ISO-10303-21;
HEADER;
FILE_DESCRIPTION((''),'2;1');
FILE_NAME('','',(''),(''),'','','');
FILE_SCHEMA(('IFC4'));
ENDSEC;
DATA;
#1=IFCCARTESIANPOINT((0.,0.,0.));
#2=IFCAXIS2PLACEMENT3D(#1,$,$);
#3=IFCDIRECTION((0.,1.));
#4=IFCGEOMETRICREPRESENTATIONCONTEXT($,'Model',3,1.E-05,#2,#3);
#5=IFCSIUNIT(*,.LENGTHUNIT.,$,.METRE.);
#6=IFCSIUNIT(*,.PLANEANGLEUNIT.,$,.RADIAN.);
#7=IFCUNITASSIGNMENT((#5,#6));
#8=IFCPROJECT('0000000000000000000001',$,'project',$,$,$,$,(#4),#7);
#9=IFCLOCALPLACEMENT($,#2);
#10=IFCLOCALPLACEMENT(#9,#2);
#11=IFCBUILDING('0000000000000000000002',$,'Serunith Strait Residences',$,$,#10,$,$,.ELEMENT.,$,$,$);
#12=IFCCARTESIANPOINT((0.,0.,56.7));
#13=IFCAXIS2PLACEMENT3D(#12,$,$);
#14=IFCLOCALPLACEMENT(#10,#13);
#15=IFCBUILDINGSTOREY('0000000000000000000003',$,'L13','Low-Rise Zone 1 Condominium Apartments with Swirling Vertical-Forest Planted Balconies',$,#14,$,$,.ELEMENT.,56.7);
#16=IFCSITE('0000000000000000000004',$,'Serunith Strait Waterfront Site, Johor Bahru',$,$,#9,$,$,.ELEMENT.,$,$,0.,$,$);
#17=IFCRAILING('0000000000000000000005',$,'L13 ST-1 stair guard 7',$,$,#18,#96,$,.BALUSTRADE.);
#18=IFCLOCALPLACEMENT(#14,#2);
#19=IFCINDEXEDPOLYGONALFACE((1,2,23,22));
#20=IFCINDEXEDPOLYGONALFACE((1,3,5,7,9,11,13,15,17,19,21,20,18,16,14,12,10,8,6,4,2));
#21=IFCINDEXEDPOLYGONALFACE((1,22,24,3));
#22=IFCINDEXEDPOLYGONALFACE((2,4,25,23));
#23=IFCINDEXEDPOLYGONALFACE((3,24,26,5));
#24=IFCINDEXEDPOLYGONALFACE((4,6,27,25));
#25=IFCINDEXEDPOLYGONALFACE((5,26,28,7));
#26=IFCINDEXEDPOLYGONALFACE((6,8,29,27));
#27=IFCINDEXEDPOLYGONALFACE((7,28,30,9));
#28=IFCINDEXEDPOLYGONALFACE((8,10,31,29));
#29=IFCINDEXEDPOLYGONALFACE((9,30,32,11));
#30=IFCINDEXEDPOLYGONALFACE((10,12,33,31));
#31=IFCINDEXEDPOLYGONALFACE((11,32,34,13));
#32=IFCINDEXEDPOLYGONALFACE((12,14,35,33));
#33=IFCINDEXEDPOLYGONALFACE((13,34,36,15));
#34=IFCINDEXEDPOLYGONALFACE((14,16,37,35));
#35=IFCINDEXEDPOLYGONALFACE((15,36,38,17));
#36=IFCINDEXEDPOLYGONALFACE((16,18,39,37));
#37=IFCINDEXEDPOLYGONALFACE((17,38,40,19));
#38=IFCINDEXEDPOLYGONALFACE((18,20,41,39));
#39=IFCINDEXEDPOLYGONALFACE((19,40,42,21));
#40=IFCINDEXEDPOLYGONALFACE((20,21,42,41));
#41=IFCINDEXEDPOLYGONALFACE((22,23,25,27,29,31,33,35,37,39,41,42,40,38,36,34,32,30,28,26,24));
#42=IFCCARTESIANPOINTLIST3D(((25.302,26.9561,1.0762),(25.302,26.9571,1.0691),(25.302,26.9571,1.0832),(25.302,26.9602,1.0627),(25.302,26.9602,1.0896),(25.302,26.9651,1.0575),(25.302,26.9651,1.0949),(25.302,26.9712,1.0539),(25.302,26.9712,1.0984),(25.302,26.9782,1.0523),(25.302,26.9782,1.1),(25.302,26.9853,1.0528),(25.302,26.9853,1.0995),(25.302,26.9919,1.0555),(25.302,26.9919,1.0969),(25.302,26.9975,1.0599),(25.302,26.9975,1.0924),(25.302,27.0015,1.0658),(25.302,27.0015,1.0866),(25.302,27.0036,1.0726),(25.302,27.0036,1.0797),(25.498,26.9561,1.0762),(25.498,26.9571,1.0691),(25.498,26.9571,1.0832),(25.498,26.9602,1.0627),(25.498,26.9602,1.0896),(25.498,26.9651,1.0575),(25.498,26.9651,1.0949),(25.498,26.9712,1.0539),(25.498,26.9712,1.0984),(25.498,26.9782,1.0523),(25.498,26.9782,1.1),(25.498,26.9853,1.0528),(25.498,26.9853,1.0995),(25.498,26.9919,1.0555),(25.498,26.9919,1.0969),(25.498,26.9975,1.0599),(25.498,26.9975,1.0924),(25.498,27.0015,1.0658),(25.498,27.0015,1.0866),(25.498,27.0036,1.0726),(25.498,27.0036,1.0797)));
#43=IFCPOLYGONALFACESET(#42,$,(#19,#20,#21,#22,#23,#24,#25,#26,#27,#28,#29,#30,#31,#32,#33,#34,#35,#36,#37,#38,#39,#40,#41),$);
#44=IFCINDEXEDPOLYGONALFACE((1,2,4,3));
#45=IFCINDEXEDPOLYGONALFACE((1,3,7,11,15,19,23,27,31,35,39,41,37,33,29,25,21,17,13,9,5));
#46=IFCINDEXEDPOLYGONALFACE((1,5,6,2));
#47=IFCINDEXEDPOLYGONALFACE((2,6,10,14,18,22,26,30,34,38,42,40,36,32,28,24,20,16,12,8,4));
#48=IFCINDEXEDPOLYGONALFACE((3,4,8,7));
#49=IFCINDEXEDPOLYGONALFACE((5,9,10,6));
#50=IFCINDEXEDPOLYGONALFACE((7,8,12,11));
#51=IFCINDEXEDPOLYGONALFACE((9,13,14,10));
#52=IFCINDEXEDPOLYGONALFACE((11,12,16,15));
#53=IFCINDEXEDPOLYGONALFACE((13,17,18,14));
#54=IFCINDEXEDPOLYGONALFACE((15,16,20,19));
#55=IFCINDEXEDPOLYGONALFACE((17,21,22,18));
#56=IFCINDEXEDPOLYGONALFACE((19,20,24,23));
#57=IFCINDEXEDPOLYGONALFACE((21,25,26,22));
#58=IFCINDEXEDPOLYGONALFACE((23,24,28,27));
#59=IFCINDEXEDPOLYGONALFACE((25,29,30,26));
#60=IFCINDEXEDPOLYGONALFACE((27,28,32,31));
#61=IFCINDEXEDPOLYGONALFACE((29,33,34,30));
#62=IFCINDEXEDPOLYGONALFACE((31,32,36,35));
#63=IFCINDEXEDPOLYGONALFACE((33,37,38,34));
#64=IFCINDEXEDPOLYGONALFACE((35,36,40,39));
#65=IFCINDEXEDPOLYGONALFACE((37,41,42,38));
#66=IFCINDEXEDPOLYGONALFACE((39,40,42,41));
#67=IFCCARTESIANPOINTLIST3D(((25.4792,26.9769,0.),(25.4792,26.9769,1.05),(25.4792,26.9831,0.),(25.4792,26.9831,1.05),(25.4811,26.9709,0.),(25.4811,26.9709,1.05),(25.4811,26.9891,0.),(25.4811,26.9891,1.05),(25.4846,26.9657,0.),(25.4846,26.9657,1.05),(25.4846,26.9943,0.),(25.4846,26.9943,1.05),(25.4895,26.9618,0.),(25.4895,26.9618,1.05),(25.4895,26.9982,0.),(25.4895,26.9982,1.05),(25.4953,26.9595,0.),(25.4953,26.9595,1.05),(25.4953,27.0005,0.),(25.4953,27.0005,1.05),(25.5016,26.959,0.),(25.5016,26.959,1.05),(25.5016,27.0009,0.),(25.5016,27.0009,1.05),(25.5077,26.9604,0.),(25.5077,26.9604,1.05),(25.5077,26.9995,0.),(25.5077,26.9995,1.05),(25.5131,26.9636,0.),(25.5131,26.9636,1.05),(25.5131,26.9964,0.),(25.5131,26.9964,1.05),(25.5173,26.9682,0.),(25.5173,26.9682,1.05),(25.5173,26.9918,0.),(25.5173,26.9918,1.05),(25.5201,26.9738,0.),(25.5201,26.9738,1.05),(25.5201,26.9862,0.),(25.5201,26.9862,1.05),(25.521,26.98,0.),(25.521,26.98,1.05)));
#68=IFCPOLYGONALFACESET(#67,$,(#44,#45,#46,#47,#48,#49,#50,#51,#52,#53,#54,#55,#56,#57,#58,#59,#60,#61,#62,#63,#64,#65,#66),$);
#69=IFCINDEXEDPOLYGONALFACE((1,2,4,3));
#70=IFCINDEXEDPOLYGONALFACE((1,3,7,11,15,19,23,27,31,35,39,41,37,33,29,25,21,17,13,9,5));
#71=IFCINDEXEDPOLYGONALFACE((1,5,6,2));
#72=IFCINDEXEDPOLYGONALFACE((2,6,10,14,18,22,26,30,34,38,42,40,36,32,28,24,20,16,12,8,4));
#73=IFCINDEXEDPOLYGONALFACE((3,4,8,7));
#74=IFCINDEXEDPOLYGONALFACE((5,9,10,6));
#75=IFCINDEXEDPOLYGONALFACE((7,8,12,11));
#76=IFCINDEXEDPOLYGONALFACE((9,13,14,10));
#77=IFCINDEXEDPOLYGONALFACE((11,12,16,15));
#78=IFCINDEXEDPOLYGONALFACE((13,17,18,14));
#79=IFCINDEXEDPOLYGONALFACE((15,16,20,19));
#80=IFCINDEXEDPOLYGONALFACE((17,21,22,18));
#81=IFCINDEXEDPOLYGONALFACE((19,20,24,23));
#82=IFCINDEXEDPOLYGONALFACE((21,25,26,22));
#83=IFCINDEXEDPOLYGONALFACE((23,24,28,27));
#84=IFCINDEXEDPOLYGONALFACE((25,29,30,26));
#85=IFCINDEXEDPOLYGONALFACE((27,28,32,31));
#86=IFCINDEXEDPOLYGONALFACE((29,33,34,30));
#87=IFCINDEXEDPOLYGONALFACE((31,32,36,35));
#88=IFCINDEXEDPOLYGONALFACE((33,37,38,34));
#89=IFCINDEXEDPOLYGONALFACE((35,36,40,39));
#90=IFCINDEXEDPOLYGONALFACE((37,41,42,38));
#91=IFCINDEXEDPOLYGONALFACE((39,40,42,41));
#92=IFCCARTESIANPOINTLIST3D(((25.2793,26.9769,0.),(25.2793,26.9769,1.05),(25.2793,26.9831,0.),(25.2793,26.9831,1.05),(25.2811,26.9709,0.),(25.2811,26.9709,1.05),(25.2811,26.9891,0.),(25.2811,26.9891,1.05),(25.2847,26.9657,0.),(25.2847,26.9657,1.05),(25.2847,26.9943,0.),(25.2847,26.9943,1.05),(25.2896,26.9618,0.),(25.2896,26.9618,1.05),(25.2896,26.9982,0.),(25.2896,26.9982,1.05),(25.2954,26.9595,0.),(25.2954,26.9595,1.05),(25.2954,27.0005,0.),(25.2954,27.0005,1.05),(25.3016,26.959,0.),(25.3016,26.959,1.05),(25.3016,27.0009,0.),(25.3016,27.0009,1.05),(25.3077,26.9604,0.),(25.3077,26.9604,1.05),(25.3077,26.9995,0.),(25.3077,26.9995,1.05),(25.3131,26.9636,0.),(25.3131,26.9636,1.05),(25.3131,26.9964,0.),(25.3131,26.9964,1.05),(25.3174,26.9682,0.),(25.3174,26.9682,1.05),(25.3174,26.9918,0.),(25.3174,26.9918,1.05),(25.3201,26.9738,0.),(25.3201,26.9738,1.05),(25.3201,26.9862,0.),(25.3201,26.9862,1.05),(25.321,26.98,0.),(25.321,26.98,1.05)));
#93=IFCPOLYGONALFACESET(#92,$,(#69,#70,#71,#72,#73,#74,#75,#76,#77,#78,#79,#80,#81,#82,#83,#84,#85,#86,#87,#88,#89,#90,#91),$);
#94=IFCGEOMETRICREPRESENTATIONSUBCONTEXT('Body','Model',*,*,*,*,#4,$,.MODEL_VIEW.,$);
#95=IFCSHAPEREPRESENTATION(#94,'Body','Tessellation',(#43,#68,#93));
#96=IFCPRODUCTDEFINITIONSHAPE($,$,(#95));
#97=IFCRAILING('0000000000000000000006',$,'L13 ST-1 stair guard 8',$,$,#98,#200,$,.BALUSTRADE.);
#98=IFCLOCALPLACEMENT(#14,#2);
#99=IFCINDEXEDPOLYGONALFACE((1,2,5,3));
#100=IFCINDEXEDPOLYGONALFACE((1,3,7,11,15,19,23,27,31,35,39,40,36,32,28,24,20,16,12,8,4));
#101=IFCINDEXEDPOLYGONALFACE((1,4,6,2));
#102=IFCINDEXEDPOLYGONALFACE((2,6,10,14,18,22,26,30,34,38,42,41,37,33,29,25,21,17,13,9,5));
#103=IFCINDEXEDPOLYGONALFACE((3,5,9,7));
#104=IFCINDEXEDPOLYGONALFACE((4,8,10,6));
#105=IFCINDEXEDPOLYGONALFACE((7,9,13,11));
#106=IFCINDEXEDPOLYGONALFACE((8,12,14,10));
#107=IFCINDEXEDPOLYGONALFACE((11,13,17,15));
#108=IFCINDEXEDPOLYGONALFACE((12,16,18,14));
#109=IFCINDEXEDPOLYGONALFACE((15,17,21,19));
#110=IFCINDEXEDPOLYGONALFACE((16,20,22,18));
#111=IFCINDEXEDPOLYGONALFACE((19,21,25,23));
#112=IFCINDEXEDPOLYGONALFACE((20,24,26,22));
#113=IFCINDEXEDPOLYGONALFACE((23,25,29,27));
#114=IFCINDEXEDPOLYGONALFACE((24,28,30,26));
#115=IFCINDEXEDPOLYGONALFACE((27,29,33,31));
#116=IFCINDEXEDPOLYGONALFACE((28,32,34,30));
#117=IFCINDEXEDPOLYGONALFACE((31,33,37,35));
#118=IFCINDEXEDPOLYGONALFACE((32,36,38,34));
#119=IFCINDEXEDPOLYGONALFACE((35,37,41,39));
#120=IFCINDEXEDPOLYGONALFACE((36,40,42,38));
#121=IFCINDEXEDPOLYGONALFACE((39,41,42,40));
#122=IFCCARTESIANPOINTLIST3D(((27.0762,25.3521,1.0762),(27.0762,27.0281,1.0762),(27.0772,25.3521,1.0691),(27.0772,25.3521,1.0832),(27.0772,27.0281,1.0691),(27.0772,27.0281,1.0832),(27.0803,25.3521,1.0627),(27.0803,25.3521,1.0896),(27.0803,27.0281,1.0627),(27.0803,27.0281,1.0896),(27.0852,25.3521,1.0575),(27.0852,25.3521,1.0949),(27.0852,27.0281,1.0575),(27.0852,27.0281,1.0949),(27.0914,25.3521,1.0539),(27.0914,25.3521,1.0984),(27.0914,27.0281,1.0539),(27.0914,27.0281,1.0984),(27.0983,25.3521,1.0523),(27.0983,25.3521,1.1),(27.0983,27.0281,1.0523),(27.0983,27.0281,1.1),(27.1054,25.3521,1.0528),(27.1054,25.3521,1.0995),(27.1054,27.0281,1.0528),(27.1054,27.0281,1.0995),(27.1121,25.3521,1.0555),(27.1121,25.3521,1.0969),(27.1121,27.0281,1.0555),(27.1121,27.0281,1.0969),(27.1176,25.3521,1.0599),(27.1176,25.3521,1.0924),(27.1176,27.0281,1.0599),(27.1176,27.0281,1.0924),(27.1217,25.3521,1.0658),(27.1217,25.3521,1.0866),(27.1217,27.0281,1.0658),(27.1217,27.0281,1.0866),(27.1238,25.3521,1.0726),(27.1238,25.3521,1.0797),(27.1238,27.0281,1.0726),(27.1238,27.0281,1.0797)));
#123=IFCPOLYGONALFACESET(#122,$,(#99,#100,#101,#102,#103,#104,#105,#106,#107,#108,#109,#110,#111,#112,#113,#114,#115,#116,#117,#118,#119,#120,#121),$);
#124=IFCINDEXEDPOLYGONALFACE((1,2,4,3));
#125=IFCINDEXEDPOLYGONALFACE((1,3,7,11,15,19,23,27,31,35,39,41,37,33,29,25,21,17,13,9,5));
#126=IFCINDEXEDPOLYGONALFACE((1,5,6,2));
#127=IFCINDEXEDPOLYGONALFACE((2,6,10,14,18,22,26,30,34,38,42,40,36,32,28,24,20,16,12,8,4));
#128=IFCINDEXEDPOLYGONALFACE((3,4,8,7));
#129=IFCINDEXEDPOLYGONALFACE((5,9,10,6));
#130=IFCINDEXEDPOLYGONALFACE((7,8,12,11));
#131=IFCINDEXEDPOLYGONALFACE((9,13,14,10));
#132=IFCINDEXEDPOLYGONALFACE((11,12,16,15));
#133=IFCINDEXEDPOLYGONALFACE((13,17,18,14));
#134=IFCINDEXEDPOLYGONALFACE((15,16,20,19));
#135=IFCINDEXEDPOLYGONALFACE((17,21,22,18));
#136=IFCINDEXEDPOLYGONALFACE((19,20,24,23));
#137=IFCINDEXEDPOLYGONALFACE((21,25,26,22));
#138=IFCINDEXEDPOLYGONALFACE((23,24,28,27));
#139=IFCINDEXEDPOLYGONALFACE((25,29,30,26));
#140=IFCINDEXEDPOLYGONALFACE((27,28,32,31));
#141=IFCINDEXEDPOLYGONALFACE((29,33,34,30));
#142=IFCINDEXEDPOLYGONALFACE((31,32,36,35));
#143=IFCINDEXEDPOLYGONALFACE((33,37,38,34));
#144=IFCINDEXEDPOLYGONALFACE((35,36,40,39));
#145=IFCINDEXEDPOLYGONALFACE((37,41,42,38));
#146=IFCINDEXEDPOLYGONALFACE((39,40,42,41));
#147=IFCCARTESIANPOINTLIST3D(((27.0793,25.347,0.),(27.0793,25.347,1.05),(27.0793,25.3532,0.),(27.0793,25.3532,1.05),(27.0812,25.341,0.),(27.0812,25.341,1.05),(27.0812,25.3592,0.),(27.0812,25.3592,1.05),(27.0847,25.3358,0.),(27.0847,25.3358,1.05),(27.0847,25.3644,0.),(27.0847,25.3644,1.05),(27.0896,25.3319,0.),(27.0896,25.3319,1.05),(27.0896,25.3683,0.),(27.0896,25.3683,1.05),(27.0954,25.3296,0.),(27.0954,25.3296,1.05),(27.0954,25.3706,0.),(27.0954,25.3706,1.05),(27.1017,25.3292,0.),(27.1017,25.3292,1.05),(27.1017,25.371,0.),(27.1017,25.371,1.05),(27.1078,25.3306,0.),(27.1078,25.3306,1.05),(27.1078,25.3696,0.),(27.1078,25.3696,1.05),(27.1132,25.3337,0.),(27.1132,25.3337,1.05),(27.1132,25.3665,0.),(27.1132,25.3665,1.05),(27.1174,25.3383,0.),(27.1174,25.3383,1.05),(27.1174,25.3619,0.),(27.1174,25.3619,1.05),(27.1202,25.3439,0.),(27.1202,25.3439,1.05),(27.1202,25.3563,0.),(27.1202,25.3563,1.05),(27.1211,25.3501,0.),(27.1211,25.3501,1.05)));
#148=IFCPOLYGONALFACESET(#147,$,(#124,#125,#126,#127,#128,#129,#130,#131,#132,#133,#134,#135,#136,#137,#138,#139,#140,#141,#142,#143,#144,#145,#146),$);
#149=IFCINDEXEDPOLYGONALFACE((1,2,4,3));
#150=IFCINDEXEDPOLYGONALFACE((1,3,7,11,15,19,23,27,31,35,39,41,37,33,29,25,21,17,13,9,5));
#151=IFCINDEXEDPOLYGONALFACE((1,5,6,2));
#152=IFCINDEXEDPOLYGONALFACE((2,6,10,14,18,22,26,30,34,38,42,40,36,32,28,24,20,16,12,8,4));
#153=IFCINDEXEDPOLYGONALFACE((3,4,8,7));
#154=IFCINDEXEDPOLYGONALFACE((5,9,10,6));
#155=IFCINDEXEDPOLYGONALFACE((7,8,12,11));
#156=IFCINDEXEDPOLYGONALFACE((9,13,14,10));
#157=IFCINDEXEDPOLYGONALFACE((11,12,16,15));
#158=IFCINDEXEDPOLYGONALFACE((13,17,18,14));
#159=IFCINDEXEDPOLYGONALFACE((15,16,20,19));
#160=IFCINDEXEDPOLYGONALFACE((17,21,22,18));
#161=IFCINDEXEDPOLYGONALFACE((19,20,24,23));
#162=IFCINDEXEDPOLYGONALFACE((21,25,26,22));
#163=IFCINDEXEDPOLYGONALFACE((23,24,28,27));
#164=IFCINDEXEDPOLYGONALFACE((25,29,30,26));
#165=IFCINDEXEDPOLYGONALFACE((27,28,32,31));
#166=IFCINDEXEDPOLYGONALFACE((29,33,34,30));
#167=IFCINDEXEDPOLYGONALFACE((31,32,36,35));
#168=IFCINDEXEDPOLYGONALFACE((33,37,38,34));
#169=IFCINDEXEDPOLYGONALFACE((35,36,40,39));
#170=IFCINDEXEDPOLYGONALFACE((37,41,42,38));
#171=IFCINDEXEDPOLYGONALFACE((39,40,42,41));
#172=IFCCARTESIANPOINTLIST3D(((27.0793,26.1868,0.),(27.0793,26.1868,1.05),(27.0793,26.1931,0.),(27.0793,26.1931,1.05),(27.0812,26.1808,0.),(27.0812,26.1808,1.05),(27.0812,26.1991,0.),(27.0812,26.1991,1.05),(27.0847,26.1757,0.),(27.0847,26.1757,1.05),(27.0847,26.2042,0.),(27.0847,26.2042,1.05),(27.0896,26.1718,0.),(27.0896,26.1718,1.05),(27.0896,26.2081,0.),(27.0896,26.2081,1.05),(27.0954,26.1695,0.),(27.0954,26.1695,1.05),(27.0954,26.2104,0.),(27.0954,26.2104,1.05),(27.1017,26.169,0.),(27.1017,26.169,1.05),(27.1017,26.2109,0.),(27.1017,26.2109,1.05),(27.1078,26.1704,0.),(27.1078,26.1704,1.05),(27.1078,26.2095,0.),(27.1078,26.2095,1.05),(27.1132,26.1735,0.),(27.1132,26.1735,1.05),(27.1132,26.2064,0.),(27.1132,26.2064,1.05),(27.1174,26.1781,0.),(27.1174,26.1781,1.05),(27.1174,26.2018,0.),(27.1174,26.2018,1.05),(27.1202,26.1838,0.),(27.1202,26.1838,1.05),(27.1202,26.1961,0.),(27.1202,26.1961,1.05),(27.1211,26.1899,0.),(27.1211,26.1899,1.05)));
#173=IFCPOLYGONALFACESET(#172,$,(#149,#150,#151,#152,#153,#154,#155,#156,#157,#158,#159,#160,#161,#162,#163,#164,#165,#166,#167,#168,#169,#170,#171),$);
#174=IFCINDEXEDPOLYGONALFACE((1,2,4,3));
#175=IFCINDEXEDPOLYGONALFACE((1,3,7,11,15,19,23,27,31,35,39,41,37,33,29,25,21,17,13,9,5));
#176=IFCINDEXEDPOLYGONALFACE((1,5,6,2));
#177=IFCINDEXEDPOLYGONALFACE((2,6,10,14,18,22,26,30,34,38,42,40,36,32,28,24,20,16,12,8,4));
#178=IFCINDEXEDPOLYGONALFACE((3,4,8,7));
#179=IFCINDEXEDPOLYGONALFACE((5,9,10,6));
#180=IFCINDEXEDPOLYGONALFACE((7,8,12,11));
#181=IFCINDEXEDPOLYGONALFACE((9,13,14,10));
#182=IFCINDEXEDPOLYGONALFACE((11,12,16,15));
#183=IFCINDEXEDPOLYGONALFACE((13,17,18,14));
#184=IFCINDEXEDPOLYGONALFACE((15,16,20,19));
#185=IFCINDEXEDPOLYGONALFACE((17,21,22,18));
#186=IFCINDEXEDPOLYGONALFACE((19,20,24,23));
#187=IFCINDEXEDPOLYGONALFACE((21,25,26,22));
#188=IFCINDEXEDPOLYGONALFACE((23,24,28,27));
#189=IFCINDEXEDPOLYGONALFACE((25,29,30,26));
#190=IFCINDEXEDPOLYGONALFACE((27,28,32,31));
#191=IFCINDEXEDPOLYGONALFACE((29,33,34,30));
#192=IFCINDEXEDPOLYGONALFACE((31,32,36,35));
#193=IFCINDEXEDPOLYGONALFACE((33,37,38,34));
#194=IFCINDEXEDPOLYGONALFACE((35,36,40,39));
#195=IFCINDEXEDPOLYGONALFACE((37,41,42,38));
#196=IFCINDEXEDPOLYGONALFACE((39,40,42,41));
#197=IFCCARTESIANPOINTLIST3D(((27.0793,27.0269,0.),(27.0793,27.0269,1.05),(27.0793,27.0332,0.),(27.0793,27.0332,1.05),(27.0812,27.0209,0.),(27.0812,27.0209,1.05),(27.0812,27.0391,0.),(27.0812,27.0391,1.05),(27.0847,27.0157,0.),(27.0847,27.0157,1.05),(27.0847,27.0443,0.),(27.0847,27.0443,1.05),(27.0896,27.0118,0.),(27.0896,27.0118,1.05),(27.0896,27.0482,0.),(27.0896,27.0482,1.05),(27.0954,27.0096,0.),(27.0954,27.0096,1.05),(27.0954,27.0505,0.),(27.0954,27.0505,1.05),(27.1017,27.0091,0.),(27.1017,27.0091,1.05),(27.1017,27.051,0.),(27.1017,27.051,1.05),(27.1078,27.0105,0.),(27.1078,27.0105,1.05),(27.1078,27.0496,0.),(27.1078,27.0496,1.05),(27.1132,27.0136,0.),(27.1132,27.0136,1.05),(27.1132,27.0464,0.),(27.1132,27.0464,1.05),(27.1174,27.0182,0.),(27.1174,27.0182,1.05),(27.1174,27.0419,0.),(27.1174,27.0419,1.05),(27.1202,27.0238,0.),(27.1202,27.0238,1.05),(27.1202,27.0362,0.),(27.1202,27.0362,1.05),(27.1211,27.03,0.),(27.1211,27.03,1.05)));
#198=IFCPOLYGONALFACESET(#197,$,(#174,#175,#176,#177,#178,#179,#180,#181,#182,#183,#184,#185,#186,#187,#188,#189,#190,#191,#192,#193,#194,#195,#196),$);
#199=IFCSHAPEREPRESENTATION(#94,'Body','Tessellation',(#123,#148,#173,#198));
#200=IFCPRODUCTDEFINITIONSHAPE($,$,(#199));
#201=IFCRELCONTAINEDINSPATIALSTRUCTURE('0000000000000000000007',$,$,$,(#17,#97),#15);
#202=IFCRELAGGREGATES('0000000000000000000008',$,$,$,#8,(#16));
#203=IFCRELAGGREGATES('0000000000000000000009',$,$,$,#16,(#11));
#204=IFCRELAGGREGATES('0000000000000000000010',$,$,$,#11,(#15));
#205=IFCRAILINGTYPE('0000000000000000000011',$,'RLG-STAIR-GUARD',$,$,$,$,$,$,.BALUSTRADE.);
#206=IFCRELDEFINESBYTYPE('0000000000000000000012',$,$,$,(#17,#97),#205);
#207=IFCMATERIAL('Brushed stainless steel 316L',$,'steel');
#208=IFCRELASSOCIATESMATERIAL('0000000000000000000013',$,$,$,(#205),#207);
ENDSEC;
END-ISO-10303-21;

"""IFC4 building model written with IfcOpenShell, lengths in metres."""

from ifc_helpers import new_model, si_unit, direction, frame, origin, origin_2d, place, context, subcontext, project, spatial, circle, extrude, material, type_object, element, save


model = new_model("IFC4")

# Units and contexts
model_context = context("Model", 3, precision=1e-05, world=origin(), true_north=direction((0.0, 1.0)))
body_context = subcontext(model_context, "Body", "Model", "MODEL_VIEW")
ifc_project = project(units=[si_unit("LENGTHUNIT", "METRE"), si_unit("PLANEANGLEUNIT", "RADIAN")], contexts=[model_context])

# Site, building, storey
site_placement = place(None, origin())
site = spatial("IfcSite", under=ifc_project, at=site_placement, Name="Serunith Strait Waterfront Site, Johor Bahru", CompositionType="ELEMENT", RefElevation=0.0)
building_placement = place(site_placement, origin())
building = spatial("IfcBuilding", under=site, at=building_placement, Name="Serunith Strait Residences", CompositionType="ELEMENT")
storey_placement = place(building_placement, frame((0.0, 0.0, 56.7)))
storey = spatial("IfcBuildingStorey", under=building, at=storey_placement, Name="L13", Description="Low-Rise Zone 1 Condominium Apartments with Swirling Vertical-Forest Planted Balconies", CompositionType="ELEMENT", Elevation=56.7)

# Railings
ifc_material_1 = material(Name="Brushed stainless steel 316L", Category="steel")
railing_type_1 = type_object("IfcRailingType", Name="RLG-STAIR-GUARD", PredefinedType="BALUSTRADE", material=ifc_material_1)
railing_1_placement = place(storey_placement, frame((25.5, 26.98, 0.0)))
element("IfcRailing", 1, at=railing_1_placement, inside=storey, type_object=railing_type_1, Name="L13 ST-1 stair guard 7", PredefinedType="BALUSTRADE", context=body_context, shape_type="SweptSolid", body=[
    extrude(circle(Radius=0.0239, at=origin_2d()), frame((-0.002, 0.0, 1.0762), z_axis=(-1.0, 0.0, 0.0), x_axis=(0.0, -1.0, 0.0)), (0.0, 0.0, 1.0), 0.196),
    extrude(circle(Radius=0.021, at=origin_2d()), origin(), (0.0, 0.0, 1.0), 1.05),
    extrude(circle(Radius=0.021, at=origin_2d()), frame((-0.2, 0.0, 0.0)), (0.0, 0.0, 1.0), 1.05),
])
for number, where, name in (
    (2, (27.1001, 25.3501, 0.0), "L13 ST-1 stair guard 8"),
):
    element("IfcRailing", number, at=place(storey_placement, frame(where)), inside=storey, type_object=railing_type_1, Name=name, PredefinedType="BALUSTRADE", context=body_context, shape_type="SweptSolid", body=[
        extrude(circle(Radius=0.0239, at=origin_2d()), frame((0.0, 0.002, 1.0762), z_axis=(0.0, 1.0, 0.0), x_axis=(-1.0, 0.0, 0.0)), (0.0, 0.0, 1.0), 1.676),
        extrude(circle(Radius=0.021, at=origin_2d()), origin(), (0.0, 0.0, 1.0), 1.05),
        extrude(circle(Radius=0.021, at=origin_2d()), frame((0.0, 0.8398, 0.0)), (0.0, 0.0, 1.0), 1.05),
        extrude(circle(Radius=0.021, at=origin_2d()), frame((0.0, 1.6799, 0.0)), (0.0, 0.0, 1.0), 1.05),
    ])

save(model, "model.ifc")
